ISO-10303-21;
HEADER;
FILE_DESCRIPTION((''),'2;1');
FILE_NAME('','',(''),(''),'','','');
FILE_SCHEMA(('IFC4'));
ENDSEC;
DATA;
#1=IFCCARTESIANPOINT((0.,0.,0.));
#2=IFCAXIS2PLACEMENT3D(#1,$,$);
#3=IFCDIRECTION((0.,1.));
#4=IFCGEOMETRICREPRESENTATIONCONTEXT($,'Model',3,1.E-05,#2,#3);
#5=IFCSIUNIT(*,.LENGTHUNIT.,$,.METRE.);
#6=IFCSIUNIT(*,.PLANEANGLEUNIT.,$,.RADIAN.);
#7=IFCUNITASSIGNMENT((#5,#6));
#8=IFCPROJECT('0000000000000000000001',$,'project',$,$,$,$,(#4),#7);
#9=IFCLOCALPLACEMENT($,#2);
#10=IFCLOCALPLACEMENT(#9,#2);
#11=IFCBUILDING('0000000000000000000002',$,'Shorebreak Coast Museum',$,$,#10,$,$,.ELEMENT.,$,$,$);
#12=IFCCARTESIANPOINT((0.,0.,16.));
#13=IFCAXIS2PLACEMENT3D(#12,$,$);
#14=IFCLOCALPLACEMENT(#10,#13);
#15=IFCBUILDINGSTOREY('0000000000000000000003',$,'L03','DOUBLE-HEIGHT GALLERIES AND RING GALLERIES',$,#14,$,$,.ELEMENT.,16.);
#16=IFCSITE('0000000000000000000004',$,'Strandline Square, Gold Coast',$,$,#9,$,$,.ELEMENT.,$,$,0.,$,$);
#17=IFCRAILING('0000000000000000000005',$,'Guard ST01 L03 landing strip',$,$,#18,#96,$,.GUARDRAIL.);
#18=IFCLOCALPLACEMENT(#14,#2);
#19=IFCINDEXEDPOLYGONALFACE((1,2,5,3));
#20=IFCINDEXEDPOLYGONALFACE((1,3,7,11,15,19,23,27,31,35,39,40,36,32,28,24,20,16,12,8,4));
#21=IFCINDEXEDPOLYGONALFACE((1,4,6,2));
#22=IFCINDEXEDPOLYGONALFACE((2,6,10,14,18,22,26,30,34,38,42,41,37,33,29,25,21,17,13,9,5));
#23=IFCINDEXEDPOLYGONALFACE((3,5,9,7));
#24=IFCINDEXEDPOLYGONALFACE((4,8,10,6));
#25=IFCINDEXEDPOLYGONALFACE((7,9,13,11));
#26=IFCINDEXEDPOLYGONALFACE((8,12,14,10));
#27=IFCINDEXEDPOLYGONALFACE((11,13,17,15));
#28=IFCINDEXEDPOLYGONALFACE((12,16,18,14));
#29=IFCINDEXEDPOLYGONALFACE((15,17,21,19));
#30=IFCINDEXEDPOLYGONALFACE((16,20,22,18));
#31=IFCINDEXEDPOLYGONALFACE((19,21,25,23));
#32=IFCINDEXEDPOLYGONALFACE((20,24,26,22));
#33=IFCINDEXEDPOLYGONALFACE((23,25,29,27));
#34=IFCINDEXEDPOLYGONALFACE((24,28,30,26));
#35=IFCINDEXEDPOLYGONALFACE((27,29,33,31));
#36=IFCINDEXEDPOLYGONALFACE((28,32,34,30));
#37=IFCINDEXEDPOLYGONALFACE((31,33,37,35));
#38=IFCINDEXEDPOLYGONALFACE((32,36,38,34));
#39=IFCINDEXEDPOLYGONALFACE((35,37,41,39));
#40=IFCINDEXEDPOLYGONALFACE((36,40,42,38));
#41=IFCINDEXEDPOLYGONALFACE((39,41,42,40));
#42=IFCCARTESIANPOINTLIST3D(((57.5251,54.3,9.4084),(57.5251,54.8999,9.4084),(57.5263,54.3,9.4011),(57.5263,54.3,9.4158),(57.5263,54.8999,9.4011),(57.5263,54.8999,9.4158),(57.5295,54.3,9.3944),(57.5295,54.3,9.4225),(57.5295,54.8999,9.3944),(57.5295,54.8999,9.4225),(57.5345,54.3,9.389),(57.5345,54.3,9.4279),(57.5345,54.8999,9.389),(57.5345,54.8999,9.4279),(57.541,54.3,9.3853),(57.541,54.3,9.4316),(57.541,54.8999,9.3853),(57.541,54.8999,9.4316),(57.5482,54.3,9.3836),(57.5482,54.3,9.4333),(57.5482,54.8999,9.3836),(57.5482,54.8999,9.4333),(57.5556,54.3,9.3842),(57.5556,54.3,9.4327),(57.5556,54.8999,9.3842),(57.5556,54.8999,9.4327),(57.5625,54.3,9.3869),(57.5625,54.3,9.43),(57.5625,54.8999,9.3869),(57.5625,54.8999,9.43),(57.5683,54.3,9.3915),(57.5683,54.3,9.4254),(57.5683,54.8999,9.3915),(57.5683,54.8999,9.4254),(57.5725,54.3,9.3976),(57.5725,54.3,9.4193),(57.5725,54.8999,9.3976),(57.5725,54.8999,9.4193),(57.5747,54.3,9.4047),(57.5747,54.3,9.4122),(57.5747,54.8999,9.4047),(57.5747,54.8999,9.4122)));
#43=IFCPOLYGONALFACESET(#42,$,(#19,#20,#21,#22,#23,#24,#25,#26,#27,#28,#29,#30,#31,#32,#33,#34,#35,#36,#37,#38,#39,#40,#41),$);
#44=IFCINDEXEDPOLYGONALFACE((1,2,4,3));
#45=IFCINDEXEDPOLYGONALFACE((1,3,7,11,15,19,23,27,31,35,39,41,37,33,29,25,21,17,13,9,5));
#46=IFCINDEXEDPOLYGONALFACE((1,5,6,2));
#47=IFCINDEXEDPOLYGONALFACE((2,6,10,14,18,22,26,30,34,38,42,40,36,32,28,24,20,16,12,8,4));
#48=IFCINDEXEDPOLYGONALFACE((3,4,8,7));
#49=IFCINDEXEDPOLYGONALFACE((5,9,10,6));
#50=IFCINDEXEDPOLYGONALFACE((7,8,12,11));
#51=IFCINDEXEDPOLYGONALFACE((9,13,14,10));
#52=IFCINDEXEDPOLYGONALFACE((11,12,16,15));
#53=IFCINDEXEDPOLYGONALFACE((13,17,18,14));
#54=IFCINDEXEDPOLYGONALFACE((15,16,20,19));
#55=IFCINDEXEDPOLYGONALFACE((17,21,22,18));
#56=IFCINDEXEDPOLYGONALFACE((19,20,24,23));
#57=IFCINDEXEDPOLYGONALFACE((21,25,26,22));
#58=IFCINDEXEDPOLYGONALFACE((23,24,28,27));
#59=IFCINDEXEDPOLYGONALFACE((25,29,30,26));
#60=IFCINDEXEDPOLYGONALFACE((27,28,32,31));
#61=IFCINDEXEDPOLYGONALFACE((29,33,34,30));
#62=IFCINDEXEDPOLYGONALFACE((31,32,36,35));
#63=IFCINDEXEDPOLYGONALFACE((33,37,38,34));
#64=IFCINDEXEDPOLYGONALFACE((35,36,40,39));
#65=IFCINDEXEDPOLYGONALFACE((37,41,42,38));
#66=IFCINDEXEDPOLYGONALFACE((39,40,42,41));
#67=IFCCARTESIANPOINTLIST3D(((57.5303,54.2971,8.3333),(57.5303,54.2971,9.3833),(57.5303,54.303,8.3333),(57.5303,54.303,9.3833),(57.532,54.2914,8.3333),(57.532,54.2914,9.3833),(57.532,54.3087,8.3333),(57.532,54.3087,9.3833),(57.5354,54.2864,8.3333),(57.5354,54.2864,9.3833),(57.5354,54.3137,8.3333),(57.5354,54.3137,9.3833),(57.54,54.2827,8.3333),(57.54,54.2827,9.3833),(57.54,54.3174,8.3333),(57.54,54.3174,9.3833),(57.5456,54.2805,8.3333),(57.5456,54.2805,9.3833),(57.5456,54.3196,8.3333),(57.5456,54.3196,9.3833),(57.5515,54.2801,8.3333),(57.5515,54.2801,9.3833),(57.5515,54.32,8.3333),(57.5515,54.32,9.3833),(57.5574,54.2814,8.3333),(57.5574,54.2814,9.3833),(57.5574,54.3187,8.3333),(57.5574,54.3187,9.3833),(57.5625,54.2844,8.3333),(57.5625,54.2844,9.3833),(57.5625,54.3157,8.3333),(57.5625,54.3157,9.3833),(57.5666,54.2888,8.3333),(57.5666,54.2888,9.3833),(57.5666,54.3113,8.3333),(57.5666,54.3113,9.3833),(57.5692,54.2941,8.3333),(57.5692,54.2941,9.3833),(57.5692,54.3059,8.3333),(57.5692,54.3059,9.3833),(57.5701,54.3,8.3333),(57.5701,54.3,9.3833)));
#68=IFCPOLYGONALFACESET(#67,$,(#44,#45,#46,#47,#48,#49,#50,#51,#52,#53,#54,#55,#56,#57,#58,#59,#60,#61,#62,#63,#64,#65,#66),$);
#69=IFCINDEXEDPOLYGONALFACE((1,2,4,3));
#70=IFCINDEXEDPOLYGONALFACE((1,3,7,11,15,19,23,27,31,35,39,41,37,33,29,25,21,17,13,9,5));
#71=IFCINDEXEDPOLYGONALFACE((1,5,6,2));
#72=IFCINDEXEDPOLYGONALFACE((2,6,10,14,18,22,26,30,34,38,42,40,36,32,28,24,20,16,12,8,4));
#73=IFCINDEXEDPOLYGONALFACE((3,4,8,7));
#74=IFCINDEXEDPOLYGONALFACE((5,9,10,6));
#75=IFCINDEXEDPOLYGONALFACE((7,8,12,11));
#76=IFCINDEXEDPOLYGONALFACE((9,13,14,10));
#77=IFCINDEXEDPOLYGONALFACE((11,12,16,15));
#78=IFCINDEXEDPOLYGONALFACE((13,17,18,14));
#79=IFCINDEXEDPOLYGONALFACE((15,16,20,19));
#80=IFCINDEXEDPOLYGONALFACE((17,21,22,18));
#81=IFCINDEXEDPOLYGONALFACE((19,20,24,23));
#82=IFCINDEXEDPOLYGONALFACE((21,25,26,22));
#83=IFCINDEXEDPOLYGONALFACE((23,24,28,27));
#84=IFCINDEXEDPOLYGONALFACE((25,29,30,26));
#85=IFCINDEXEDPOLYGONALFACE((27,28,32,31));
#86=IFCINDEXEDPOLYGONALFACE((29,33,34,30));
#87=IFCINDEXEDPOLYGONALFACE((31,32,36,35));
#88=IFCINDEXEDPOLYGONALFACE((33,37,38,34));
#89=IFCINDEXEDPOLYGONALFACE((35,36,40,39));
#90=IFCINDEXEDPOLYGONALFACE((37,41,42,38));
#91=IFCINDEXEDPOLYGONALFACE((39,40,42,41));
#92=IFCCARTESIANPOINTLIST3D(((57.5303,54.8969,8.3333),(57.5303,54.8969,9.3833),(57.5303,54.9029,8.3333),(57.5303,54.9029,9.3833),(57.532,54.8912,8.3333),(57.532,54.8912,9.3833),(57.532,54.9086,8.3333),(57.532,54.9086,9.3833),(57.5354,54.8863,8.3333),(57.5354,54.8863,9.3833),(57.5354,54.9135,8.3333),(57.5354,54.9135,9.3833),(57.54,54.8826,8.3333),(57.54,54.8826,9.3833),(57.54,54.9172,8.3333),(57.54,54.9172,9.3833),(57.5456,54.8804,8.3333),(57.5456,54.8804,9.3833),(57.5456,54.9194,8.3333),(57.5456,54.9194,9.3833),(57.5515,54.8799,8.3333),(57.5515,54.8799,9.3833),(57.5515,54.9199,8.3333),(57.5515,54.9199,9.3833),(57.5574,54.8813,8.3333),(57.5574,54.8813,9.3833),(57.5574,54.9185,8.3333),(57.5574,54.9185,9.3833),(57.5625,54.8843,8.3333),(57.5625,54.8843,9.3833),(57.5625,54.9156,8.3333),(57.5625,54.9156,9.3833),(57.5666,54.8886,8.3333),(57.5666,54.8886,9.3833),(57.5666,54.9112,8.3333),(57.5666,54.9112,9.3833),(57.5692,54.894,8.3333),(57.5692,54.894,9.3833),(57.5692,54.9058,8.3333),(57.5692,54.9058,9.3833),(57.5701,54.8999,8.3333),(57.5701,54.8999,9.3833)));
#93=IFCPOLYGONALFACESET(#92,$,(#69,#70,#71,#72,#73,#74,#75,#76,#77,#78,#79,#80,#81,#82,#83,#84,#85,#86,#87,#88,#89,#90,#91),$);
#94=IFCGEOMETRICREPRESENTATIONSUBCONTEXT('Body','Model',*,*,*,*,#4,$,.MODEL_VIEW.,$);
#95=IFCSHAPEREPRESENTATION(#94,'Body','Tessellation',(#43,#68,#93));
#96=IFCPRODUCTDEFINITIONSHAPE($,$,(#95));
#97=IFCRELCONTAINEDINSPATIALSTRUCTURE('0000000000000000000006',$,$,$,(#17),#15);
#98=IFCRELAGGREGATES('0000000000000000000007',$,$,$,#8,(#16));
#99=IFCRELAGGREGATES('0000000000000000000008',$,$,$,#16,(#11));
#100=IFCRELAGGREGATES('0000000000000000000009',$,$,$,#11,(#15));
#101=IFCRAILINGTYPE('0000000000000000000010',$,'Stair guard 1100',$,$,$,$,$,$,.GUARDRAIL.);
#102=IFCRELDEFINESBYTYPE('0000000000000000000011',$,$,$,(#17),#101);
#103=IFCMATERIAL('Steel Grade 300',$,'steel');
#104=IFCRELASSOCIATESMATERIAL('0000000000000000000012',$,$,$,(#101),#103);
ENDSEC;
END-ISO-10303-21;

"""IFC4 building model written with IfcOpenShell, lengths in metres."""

from ifc_helpers import new_model, si_unit, direction, frame, origin, origin_2d, place, context, subcontext, project, spatial, circle, extrude, material, type_object, element, save


model = new_model("IFC4")

# Units and contexts
model_context = context("Model", 3, precision=1e-05, world=origin(), true_north=direction((0.0, 1.0)))
body_context = subcontext(model_context, "Body", "Model", "MODEL_VIEW")
ifc_project = project(units=[si_unit("LENGTHUNIT", "METRE"), si_unit("PLANEANGLEUNIT", "RADIAN")], contexts=[model_context])

# Site, building, storey
site_placement = place(None, origin())
site = spatial("IfcSite", under=ifc_project, at=site_placement, Name="Strandline Square, Gold Coast", CompositionType="ELEMENT", RefElevation=0.0)
building_placement = place(site_placement, origin())
building = spatial("IfcBuilding", under=site, at=building_placement, Name="Shorebreak Coast Museum", CompositionType="ELEMENT")
storey_placement = place(building_placement, frame((0.0, 0.0, 16.0)))
storey = spatial("IfcBuildingStorey", under=building, at=storey_placement, Name="L03", Description="DOUBLE-HEIGHT GALLERIES AND RING GALLERIES", CompositionType="ELEMENT", Elevation=16.0)

# Railing
ifc_material_1 = material(Name="Steel Grade 300", Category="steel")
railing_type_1 = type_object("IfcRailingType", Name="Stair guard 1100", PredefinedType="GUARDRAIL", material=ifc_material_1)
for number, where, name in (
    (1, (57.55, 54.3, 8.3333), "Guard ST01 L03 landing strip"),
):
    element("IfcRailing", number, at=place(storey_placement, frame(where)), inside=storey, type_object=railing_type_1, Name=name, PredefinedType="GUARDRAIL", context=body_context, shape_type="SweptSolid", body=[
        extrude(circle(Radius=0.0249, at=origin_2d()), frame((0.0, 0.0, 1.0752), z_axis=(0.0, 1.0, 0.0), x_axis=(-1.0, 0.0, 0.0)), (0.0, 0.0, 1.0), 0.5999),
        extrude(circle(Radius=0.02, at=origin_2d()), origin(), (0.0, 0.0, 1.0), 1.05),
        extrude(circle(Radius=0.02, at=origin_2d()), frame((0.0, 0.5999, 0.0)), (0.0, 0.0, 1.0), 1.05),
    ])

save(model, "model.ifc")
